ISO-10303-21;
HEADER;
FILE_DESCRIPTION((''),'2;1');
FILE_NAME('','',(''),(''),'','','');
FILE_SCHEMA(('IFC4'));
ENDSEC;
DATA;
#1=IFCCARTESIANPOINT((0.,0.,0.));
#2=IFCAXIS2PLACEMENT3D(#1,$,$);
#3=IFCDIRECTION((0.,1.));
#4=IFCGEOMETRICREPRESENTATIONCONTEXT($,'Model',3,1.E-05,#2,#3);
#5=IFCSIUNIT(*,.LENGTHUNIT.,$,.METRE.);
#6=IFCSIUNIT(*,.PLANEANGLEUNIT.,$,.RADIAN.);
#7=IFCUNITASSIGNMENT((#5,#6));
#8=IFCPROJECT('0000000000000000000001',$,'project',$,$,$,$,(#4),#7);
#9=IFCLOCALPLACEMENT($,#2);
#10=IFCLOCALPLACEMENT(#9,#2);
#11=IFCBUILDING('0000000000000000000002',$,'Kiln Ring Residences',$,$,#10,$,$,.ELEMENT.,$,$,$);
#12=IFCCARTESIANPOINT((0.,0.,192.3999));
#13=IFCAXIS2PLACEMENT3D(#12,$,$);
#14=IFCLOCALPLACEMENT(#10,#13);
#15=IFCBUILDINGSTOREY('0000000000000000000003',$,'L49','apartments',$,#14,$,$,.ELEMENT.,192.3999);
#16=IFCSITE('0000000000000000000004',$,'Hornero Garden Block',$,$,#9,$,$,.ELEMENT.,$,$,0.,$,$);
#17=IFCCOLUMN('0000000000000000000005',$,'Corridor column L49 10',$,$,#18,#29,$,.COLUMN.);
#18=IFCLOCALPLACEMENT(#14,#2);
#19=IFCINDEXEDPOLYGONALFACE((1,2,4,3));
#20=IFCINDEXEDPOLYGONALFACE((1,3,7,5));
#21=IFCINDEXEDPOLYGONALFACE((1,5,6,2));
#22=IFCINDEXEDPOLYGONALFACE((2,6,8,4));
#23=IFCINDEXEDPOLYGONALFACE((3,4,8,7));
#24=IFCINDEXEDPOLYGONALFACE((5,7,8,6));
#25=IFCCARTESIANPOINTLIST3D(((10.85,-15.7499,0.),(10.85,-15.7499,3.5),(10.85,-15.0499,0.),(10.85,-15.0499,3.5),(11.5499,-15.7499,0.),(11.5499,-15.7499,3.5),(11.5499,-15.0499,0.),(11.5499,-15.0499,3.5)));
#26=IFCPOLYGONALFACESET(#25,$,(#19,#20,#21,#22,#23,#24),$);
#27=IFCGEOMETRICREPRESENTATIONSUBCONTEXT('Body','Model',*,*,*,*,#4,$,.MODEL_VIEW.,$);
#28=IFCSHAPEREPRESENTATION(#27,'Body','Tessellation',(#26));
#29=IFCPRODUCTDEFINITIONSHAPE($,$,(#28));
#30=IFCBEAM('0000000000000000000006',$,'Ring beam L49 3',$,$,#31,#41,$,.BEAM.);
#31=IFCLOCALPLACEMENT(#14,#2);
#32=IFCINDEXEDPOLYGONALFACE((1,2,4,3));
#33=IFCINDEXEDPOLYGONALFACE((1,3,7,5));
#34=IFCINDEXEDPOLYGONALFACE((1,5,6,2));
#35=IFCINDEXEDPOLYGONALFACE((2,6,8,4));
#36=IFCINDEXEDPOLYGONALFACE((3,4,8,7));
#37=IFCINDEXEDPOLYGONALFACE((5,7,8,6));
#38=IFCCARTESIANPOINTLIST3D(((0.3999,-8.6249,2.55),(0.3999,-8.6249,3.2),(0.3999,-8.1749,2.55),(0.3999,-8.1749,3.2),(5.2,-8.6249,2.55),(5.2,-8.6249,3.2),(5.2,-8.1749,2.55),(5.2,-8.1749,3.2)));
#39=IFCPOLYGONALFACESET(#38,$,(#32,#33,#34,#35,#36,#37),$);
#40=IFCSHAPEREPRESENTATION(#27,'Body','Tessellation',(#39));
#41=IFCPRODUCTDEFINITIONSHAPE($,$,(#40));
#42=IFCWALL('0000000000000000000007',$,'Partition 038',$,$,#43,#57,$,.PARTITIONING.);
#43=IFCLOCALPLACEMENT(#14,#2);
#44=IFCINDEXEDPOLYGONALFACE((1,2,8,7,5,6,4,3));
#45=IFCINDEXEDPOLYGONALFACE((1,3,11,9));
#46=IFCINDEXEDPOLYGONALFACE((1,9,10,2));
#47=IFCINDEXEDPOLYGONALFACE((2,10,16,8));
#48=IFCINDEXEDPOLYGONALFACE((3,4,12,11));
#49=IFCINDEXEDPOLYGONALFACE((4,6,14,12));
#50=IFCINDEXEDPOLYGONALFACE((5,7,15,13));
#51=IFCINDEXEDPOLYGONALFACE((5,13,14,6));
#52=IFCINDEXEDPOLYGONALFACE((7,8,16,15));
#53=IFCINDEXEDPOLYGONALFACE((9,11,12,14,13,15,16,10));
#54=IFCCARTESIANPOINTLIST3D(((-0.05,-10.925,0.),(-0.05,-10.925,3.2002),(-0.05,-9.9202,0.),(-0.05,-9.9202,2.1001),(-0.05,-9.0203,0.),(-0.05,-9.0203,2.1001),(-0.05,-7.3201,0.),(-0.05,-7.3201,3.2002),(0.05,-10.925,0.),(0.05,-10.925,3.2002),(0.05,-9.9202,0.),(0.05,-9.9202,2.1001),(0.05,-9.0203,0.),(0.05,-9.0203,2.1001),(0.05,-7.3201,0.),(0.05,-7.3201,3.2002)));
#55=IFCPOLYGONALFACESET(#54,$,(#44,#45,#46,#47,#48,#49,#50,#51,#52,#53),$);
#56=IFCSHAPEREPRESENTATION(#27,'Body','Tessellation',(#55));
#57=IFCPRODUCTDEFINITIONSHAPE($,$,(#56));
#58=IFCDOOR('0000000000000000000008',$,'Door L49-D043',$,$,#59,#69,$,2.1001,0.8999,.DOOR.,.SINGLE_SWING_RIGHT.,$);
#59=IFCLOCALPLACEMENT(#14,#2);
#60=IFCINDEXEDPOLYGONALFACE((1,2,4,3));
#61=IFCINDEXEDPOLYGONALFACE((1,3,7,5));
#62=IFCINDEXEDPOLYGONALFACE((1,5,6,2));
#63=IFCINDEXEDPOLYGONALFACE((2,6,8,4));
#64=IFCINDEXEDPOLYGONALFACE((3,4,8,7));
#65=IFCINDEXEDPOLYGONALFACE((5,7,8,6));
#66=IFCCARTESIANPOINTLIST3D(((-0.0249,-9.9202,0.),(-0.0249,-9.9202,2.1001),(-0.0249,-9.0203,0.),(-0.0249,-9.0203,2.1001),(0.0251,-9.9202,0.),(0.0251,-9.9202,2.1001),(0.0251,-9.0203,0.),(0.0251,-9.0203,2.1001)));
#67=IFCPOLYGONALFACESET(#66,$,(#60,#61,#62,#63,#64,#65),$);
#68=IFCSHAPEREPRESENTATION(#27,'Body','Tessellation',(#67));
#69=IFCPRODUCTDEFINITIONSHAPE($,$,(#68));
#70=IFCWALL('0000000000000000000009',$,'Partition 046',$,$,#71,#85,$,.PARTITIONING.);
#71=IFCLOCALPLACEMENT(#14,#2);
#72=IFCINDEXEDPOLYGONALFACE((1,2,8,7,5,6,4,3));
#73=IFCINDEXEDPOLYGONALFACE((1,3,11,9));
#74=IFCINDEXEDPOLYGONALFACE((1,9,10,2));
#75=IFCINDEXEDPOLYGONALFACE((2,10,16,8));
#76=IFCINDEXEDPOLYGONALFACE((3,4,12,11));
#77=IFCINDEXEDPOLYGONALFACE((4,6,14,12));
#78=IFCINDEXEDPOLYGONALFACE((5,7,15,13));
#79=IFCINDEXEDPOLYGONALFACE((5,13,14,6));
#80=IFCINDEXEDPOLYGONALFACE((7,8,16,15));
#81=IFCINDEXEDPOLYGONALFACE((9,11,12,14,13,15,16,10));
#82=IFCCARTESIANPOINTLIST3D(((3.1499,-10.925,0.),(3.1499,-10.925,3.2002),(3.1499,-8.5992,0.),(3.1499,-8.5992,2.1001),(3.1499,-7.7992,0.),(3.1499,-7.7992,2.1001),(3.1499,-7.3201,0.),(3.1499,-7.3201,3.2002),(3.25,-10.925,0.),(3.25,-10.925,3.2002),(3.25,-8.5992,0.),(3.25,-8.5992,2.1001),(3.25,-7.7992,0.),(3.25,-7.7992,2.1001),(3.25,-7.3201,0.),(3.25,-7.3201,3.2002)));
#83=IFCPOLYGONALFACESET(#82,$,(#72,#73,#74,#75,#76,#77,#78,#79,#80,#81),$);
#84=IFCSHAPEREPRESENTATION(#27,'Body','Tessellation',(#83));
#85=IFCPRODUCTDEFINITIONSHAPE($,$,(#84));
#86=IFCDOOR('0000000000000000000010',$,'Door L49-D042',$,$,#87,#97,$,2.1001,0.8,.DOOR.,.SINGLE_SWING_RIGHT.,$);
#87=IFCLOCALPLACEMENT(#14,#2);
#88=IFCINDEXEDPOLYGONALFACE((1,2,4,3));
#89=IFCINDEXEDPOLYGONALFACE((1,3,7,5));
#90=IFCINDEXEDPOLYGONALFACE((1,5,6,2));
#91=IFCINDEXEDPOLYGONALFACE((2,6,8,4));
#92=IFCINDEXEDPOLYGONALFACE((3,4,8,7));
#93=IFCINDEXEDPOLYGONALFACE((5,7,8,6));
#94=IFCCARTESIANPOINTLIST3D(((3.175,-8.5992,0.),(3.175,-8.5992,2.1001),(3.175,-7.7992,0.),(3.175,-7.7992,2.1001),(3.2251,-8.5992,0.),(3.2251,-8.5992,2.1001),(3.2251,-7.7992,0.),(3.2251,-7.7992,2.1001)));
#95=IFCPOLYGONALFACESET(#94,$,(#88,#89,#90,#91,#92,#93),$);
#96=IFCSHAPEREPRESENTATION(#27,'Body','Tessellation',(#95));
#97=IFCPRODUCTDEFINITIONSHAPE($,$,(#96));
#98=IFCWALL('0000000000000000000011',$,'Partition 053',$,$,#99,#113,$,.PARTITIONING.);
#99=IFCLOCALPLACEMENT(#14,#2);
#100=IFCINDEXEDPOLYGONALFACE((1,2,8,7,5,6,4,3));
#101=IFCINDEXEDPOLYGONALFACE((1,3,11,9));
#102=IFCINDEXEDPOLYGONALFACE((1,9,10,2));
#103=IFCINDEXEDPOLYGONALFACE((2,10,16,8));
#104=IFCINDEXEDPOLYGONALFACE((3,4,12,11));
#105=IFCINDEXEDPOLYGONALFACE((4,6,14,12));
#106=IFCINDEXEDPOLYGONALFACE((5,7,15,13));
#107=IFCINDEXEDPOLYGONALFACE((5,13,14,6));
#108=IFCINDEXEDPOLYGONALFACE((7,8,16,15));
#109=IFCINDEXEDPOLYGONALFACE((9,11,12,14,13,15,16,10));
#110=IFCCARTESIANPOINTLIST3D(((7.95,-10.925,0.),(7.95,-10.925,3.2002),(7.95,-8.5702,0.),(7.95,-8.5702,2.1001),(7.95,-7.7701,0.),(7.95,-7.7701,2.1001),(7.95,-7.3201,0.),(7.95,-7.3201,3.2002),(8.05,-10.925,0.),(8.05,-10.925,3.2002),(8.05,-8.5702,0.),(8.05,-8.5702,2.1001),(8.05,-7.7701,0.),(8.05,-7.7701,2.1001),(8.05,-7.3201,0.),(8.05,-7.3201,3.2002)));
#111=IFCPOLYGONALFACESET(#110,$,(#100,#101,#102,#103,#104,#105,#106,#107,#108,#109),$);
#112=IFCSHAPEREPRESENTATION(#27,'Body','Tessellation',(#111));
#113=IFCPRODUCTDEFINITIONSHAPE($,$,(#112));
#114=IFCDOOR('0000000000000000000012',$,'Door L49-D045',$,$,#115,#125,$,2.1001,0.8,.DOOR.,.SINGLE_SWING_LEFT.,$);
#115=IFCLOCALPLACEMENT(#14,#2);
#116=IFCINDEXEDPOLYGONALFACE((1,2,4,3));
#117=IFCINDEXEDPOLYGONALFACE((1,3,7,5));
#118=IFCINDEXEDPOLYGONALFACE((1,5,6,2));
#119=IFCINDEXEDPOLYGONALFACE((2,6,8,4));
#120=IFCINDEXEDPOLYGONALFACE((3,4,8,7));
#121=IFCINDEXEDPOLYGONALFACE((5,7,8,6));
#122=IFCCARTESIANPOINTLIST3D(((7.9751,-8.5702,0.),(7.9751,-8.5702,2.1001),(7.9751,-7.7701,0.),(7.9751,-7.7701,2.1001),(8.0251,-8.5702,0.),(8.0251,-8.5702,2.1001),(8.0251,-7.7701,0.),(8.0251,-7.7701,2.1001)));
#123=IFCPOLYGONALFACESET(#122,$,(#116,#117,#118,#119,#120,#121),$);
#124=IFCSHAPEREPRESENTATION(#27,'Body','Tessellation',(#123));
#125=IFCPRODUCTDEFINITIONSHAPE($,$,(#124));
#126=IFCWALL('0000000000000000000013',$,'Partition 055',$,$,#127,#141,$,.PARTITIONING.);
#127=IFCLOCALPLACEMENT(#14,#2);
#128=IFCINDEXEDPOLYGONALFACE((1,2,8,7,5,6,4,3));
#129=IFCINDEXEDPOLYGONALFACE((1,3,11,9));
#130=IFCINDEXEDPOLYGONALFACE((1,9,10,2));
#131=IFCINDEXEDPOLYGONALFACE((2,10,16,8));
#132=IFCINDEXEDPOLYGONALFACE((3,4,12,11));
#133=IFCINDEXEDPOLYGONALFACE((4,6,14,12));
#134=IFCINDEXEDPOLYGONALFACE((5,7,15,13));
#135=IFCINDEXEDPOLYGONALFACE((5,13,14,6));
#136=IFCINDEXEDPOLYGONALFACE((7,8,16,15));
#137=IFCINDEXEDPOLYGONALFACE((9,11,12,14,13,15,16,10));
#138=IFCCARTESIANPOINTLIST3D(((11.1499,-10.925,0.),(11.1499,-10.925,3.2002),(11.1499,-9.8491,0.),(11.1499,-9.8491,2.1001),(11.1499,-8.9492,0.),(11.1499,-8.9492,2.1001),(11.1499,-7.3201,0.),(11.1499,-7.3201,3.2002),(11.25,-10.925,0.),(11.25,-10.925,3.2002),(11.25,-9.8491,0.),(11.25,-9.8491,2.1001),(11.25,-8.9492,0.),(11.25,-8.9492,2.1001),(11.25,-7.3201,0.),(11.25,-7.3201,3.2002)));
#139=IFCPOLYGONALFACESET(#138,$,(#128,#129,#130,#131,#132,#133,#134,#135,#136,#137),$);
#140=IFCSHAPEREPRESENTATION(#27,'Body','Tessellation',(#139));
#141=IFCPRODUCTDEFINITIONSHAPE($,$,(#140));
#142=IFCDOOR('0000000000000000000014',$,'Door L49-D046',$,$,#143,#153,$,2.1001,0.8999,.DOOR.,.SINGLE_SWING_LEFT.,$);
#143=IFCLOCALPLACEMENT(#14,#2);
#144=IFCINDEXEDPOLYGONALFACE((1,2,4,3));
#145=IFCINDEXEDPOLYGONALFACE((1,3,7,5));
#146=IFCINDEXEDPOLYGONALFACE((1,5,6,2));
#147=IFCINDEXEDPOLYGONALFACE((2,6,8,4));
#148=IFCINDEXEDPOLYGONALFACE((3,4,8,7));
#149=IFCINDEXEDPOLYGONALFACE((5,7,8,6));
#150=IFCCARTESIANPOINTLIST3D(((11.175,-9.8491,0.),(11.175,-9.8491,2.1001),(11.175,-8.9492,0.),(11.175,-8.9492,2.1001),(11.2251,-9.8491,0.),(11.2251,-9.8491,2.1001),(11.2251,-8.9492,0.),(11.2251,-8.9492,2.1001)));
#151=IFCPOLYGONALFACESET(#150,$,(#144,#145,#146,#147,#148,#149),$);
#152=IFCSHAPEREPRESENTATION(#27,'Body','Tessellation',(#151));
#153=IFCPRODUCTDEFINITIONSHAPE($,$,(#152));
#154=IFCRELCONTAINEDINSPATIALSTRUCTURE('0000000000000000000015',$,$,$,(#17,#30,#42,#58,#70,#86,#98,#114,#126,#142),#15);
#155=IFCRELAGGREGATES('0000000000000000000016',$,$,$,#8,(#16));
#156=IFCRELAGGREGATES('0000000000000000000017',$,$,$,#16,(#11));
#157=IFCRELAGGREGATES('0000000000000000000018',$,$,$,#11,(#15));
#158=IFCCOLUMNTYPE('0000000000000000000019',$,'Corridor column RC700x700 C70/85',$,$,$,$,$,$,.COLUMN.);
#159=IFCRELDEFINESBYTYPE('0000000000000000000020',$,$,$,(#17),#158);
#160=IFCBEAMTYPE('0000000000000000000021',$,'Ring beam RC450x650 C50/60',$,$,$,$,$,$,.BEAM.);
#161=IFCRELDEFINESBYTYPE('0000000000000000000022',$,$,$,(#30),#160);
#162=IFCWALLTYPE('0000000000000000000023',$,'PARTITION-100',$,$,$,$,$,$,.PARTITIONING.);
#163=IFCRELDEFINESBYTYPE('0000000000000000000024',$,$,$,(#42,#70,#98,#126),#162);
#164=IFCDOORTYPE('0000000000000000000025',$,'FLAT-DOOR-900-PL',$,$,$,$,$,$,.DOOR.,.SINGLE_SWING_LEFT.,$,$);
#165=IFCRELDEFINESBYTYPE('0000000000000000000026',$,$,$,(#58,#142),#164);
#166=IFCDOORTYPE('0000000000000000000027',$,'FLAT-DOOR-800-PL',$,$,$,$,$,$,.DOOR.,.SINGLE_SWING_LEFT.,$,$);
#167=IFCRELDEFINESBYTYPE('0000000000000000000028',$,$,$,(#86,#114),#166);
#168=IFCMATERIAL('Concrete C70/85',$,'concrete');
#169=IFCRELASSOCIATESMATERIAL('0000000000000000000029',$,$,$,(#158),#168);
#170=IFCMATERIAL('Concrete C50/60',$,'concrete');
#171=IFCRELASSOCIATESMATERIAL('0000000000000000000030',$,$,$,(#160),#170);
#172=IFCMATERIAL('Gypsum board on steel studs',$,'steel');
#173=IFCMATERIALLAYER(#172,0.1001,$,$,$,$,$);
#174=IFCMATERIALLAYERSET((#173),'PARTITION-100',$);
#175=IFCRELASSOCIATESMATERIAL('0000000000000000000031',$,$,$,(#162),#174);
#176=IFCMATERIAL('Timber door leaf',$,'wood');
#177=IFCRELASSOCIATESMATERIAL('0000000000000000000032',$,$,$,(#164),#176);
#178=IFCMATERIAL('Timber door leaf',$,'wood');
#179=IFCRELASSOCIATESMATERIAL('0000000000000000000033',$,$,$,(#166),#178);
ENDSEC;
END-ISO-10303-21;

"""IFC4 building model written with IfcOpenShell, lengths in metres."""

from ifc_helpers import new_model, si_unit, direction, frame, frame_2d, origin, origin_2d, place, context, subcontext, project, spatial, rectangle, extrude, material, layer, layer_set, material_profile, profile_set, type_object, element, fill, save


model = new_model("IFC4")

# Units and contexts
model_context = context("Model", 3, precision=1e-05, world=origin(), true_north=direction((0.0, 1.0)))
body_context = subcontext(model_context, "Body", "Model", "MODEL_VIEW")
ifc_project = project(units=[si_unit("LENGTHUNIT", "METRE"), si_unit("PLANEANGLEUNIT", "RADIAN")], contexts=[model_context])

# Site, building, storey
site_placement = place(None, origin())
site = spatial("IfcSite", under=ifc_project, at=site_placement, Name="Hornero Garden Block", CompositionType="ELEMENT", RefElevation=0.0)
building_placement = place(site_placement, origin())
building = spatial("IfcBuilding", under=site, at=building_placement, Name="Kiln Ring Residences", CompositionType="ELEMENT")
storey_placement = place(building_placement, frame((0.0, 0.0, 192.3999)))
storey = spatial("IfcBuildingStorey", under=building, at=storey_placement, Name="L49", Description="apartments", CompositionType="ELEMENT", Elevation=192.3999)

# Column
ifc_material_1 = material(Name="Concrete C70/85", Category="concrete")
ifc_material_profile_1 = material_profile(ifc_material_1, rectangle(XDim=0.7, YDim=0.7, at=origin_2d()), Name="RC700x700")
ifc_profile_set_1 = profile_set([ifc_material_profile_1], Name="Concrete C70/85")
column_type = type_object("IfcColumnType", Name="Corridor column RC700x700 C70/85", PredefinedType="COLUMN", material=ifc_profile_set_1)
column_placement = place(storey_placement, frame((11.2, -15.3999, 0.0), z_axis=(0.0, 0.0, 1.0), x_axis=(1.0, 0.0, 0.0)))
element("IfcColumn", 1, at=column_placement, inside=storey, type_object=column_type, Name="Corridor column L49 10", PredefinedType="COLUMN", context=body_context, shape_type="SweptSolid", body=[
    extrude(rectangle(XDim=0.7, YDim=0.7, at=origin_2d()), origin(), (0.0, 0.0, 1.0), 3.5),
])

# Beam
ifc_material_2 = material(Name="Concrete C50/60", Category="concrete")
ifc_material_profile_2 = material_profile(ifc_material_2, rectangle(XDim=0.45, YDim=0.6499, at=origin_2d()), Name="RC450x650")
ifc_profile_set_2 = profile_set([ifc_material_profile_2], Name="Concrete C50/60")
beam_type = type_object("IfcBeamType", Name="Ring beam RC450x650 C50/60", PredefinedType="BEAM", material=ifc_profile_set_2)
beam_placement = place(storey_placement, frame((0.3999, -8.3999, 2.875), z_axis=(1.0, 0.0, 0.0), x_axis=(0.0, 1.0, 0.0)))
element("IfcBeam", 2, at=beam_placement, inside=storey, type_object=beam_type, Name="Ring beam L49 3", PredefinedType="BEAM", context=body_context, shape_type="SweptSolid", body=[
    extrude(rectangle(XDim=0.45, YDim=0.6499, at=origin_2d()), origin(), (0.0, 0.0, 1.0), 4.8),
])

# Walls, openings, doors
ifc_material_3 = material(Name="Gypsum board on steel studs", Category="steel")
ifc_layer_1 = layer(ifc_material_3, 0.1001)
ifc_layer_set_1 = layer_set([ifc_layer_1], Name="PARTITION-100")
wall_type_1 = type_object("IfcWallType", Name="PARTITION-100", PredefinedType="PARTITIONING", material=ifc_layer_set_1)
wall_1_placement = place(storey_placement, frame((0.0, -10.925, 0.0), z_axis=(0.0, 0.0, 1.0), x_axis=(0.0, 1.0, 0.0)))
wall_1 = element("IfcWall", 3, at=wall_1_placement, inside=storey, type_object=wall_type_1, Name="Partition 038", PredefinedType="PARTITIONING", context=body_context, shape_type="SweptSolid", body=[
    extrude(rectangle(XDim=3.605, YDim=0.1001, at=frame_2d((1.8025, 0.0))), origin(), (0.0, 0.0, 1.0), 3.2002),
])
opening_1_placement = place(wall_1_placement, frame((1.0049, 0.0, 0.0)))
opening_1 = element("IfcOpeningElement", 4, at=opening_1_placement, cuts=wall_1, PredefinedType="OPENING", context=body_context, shape_type="SweptSolid", body=[
    extrude(rectangle(XDim=0.8999, YDim=2.1001, at=frame_2d((0.45, 1.05))), frame((0.0, 0.0601, 0.0), z_axis=(0.0, -1.0, 0.0), x_axis=(1.0, 0.0, 0.0)), (0.0, 0.0, 1.0), 0.1201),
])
ifc_material_4 = material(Name="Timber door leaf", Category="wood")
door_type_1 = type_object("IfcDoorType", Name="FLAT-DOOR-900-PL", OperationType="SINGLE_SWING_LEFT", PredefinedType="DOOR", material=ifc_material_4)
door_1_placement = place(opening_1_placement, origin())
door_1 = element("IfcDoor", 5, at=door_1_placement, inside=storey, type_object=door_type_1, Name="Door L49-D043", OperationType="SINGLE_SWING_RIGHT", OverallHeight=2.1001, OverallWidth=0.8999, PredefinedType="DOOR", context=body_context, shape_type="SweptSolid", body=[
    extrude(rectangle(XDim=0.8999, YDim=2.1001, at=frame_2d((0.45, 1.05))), frame((0.0, 0.0249, 0.0), z_axis=(0.0, -1.0, 0.0), x_axis=(1.0, 0.0, 0.0)), (0.0, 0.0, 1.0), 0.05),
])
fill(opening_1, door_1)
wall_2_placement = place(storey_placement, frame((3.2, -10.925, 0.0), z_axis=(0.0, 0.0, 1.0), x_axis=(0.0, 1.0, 0.0)))
wall_2 = element("IfcWall", 6, at=wall_2_placement, inside=storey, type_object=wall_type_1, Name="Partition 046", PredefinedType="PARTITIONING", context=body_context, shape_type="SweptSolid", body=[
    extrude(rectangle(XDim=3.605, YDim=0.1001, at=frame_2d((1.8025, 0.0))), origin(), (0.0, 0.0, 1.0), 3.2002),
])
opening_2_placement = place(wall_2_placement, frame((2.3259, 0.0, 0.0)))
opening_2 = element("IfcOpeningElement", 7, at=opening_2_placement, cuts=wall_2, PredefinedType="OPENING", context=body_context, shape_type="SweptSolid", body=[
    extrude(rectangle(XDim=0.8, YDim=2.1001, at=frame_2d((0.3999, 1.05))), frame((0.0, 0.0601, 0.0), z_axis=(0.0, -1.0, 0.0), x_axis=(1.0, 0.0, 0.0)), (0.0, 0.0, 1.0), 0.1201),
])
ifc_material_5 = material(Name="Timber door leaf", Category="wood")
door_type_2 = type_object("IfcDoorType", Name="FLAT-DOOR-800-PL", OperationType="SINGLE_SWING_LEFT", PredefinedType="DOOR", material=ifc_material_5)
door_2_placement = place(opening_2_placement, origin())
door_2 = element("IfcDoor", 8, at=door_2_placement, inside=storey, type_object=door_type_2, Name="Door L49-D042", OperationType="SINGLE_SWING_RIGHT", OverallHeight=2.1001, OverallWidth=0.8, PredefinedType="DOOR", context=body_context, shape_type="SweptSolid", body=[
    extrude(rectangle(XDim=0.8, YDim=2.1001, at=frame_2d((0.3999, 1.05))), frame((0.0, 0.0249, 0.0), z_axis=(0.0, -1.0, 0.0), x_axis=(1.0, 0.0, 0.0)), (0.0, 0.0, 1.0), 0.05),
])
fill(opening_2, door_2)
wall_3_placement = place(storey_placement, frame((8.0, -10.925, 0.0), z_axis=(0.0, 0.0, 1.0), x_axis=(0.0, 1.0, 0.0)))
wall_3 = element("IfcWall", 9, at=wall_3_placement, inside=storey, type_object=wall_type_1, Name="Partition 053", PredefinedType="PARTITIONING", context=body_context, shape_type="SweptSolid", body=[
    extrude(rectangle(XDim=3.605, YDim=0.1001, at=frame_2d((1.8025, 0.0))), origin(), (0.0, 0.0, 1.0), 3.2002),
])
opening_3_placement = place(wall_3_placement, frame((2.355, 0.0, 0.0)))
opening_3 = element("IfcOpeningElement", 10, at=opening_3_placement, cuts=wall_3, PredefinedType="OPENING", context=body_context, shape_type="SweptSolid", body=[
    extrude(rectangle(XDim=0.8, YDim=2.1001, at=frame_2d((0.3999, 1.05))), frame((0.0, 0.0601, 0.0), z_axis=(0.0, -1.0, 0.0), x_axis=(1.0, 0.0, 0.0)), (0.0, 0.0, 1.0), 0.1201),
])
door_3_placement = place(opening_3_placement, origin())
door_3 = element("IfcDoor", 11, at=door_3_placement, inside=storey, type_object=door_type_2, Name="Door L49-D045", OperationType="SINGLE_SWING_LEFT", OverallHeight=2.1001, OverallWidth=0.8, PredefinedType="DOOR", context=body_context, shape_type="SweptSolid", body=[
    extrude(rectangle(XDim=0.8, YDim=2.1001, at=frame_2d((0.3999, 1.05))), frame((0.0, 0.0249, 0.0), z_axis=(0.0, -1.0, 0.0), x_axis=(1.0, 0.0, 0.0)), (0.0, 0.0, 1.0), 0.05),
])
fill(opening_3, door_3)
wall_4_placement = place(storey_placement, frame((11.2, -10.925, 0.0), z_axis=(0.0, 0.0, 1.0), x_axis=(0.0, 1.0, 0.0)))
wall_4 = element("IfcWall", 12, at=wall_4_placement, inside=storey, type_object=wall_type_1, Name="Partition 055", PredefinedType="PARTITIONING", context=body_context, shape_type="SweptSolid", body=[
    extrude(rectangle(XDim=3.605, YDim=0.1001, at=frame_2d((1.8025, 0.0))), origin(), (0.0, 0.0, 1.0), 3.2002),
])
opening_4_placement = place(wall_4_placement, frame((1.0759, 0.0, 0.0)))
opening_4 = element("IfcOpeningElement", 13, at=opening_4_placement, cuts=wall_4, PredefinedType="OPENING", context=body_context, shape_type="SweptSolid", body=[
    extrude(rectangle(XDim=0.8999, YDim=2.1001, at=frame_2d((0.45, 1.05))), frame((0.0, 0.0601, 0.0), z_axis=(0.0, -1.0, 0.0), x_axis=(1.0, 0.0, 0.0)), (0.0, 0.0, 1.0), 0.1201),
])
door_4_placement = place(opening_4_placement, origin())
door_4 = element("IfcDoor", 14, at=door_4_placement, inside=storey, type_object=door_type_1, Name="Door L49-D046", OperationType="SINGLE_SWING_LEFT", OverallHeight=2.1001, OverallWidth=0.8999, PredefinedType="DOOR", context=body_context, shape_type="SweptSolid", body=[
    extrude(rectangle(XDim=0.8999, YDim=2.1001, at=frame_2d((0.45, 1.05))), frame((0.0, 0.0249, 0.0), z_axis=(0.0, -1.0, 0.0), x_axis=(1.0, 0.0, 0.0)), (0.0, 0.0, 1.0), 0.05),
])
fill(opening_4, door_4)

save(model, "model.ifc")
